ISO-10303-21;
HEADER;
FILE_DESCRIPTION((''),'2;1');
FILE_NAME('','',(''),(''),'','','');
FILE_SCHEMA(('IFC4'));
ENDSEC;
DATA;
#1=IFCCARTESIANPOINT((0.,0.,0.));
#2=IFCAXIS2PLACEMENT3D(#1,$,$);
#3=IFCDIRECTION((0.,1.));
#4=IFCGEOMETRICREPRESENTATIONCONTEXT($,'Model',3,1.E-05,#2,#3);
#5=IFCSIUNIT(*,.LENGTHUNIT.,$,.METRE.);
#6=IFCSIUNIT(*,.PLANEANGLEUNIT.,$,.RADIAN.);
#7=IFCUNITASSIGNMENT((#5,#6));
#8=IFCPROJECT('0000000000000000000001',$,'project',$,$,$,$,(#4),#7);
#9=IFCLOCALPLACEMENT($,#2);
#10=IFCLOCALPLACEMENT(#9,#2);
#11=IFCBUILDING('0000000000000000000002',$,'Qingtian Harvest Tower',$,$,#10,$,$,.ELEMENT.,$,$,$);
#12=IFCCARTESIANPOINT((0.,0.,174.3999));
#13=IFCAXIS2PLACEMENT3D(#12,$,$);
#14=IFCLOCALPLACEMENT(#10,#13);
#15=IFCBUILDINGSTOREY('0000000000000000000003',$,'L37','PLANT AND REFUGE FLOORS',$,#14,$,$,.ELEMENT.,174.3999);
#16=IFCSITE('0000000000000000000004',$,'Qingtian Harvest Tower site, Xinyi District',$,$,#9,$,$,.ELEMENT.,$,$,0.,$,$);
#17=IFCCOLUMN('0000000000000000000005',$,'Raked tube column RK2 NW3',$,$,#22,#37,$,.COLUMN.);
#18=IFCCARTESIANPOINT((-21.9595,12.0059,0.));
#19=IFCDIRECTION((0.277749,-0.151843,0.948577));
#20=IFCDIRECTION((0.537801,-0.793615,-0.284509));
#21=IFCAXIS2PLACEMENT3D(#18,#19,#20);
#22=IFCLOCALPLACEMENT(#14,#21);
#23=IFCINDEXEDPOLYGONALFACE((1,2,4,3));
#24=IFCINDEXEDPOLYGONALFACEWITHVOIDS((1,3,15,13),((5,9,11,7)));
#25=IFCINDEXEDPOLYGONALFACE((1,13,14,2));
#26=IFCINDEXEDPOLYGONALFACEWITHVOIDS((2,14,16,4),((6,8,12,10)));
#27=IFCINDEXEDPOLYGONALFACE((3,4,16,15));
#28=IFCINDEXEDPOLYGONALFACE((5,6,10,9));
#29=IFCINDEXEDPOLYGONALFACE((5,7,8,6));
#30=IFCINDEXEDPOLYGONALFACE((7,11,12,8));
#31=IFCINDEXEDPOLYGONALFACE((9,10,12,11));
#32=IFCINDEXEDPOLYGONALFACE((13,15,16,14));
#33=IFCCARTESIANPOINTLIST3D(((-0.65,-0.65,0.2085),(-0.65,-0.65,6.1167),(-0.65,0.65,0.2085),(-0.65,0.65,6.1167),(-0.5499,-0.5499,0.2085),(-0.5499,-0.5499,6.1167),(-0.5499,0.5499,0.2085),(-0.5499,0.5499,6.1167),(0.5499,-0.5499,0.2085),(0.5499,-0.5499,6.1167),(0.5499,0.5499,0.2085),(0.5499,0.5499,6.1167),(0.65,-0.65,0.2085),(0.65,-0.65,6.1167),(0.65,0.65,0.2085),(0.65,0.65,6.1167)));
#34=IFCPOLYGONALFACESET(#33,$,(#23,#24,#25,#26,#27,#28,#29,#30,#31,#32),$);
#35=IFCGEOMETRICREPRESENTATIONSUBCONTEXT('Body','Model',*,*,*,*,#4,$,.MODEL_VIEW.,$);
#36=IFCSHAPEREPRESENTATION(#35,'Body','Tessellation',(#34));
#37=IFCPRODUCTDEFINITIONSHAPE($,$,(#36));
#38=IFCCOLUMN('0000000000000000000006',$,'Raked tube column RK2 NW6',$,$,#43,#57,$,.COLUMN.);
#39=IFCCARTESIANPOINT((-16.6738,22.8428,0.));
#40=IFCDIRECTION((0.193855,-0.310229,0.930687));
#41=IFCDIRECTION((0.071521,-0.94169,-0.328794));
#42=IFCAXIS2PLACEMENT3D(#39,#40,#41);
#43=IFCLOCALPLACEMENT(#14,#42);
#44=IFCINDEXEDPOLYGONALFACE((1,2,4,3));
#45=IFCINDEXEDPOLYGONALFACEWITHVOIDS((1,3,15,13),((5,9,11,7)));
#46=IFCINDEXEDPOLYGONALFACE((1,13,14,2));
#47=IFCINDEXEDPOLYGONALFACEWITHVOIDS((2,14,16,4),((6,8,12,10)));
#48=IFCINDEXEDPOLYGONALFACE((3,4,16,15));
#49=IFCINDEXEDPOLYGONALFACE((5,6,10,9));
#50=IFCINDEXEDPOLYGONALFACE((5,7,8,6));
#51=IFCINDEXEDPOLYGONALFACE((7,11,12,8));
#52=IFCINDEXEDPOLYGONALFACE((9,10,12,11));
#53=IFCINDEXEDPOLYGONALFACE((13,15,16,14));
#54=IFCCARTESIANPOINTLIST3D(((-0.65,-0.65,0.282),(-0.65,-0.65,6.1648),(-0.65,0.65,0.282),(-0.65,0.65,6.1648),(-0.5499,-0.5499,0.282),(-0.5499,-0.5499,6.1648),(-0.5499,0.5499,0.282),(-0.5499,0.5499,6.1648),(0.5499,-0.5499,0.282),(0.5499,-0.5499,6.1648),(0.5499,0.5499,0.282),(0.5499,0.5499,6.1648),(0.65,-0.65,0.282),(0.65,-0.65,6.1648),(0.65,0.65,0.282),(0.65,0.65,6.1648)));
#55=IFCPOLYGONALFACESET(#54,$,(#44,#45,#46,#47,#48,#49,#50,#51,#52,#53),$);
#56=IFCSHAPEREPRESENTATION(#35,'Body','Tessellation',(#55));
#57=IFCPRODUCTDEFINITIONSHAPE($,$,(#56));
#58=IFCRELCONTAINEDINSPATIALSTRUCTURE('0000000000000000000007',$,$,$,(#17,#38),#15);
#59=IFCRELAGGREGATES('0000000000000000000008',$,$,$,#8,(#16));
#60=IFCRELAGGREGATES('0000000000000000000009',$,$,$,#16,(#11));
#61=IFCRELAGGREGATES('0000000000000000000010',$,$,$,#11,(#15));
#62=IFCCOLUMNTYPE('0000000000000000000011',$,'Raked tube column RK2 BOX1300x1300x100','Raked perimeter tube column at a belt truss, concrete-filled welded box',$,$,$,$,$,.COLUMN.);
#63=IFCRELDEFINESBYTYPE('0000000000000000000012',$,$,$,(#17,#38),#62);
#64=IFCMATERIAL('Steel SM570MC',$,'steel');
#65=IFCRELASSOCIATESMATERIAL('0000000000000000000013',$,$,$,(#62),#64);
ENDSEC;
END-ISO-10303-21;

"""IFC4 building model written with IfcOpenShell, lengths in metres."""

from ifc_helpers import new_model, si_unit, direction, frame, origin, origin_2d, place, context, subcontext, project, spatial, hollow_rectangle, extrude, clip, halfspace, material, material_profile, profile_set, type_object, element, save


model = new_model("IFC4")

# Units and contexts
model_context = context("Model", 3, precision=1e-05, world=origin(), true_north=direction((0.0, 1.0)))
body_context = subcontext(model_context, "Body", "Model", "MODEL_VIEW")
ifc_project = project(units=[si_unit("LENGTHUNIT", "METRE"), si_unit("PLANEANGLEUNIT", "RADIAN")], contexts=[model_context])

# Site, building, storey
site_placement = place(None, origin())
site = spatial("IfcSite", under=ifc_project, at=site_placement, Name="Qingtian Harvest Tower site, Xinyi District", CompositionType="ELEMENT", RefElevation=0.0)
building_placement = place(site_placement, origin())
building = spatial("IfcBuilding", under=site, at=building_placement, Name="Qingtian Harvest Tower", CompositionType="ELEMENT")
storey_placement = place(building_placement, frame((0.0, 0.0, 174.3999)))
storey = spatial("IfcBuildingStorey", under=building, at=storey_placement, Name="L37", Description="PLANT AND REFUGE FLOORS", CompositionType="ELEMENT", Elevation=174.3999)

# Columns
ifc_material_1 = material(Name="Steel SM570MC", Category="steel")
ifc_material_profile_1 = material_profile(ifc_material_1, hollow_rectangle(XDim=1.3, YDim=1.3, WallThickness=0.1001, at=origin_2d()), Name="BOX1300x1300x100")
ifc_profile_set_1 = profile_set([ifc_material_profile_1], Name="Steel SM570MC")
column_type = type_object("IfcColumnType", Name="Raked tube column RK2 BOX1300x1300x100", Description="Raked perimeter tube column at a belt truss, concrete-filled welded box", PredefinedType="COLUMN", material=ifc_profile_set_1)
column_1_placement = place(storey_placement, frame((-21.9595, 12.0059, 0.0), z_axis=(0.277749, -0.151843, 0.948577), x_axis=(0.537801, -0.793615, -0.284509)))
element("IfcColumn", 1, at=column_1_placement, inside=storey, type_object=column_type, Name="Raked tube column RK2 NW3", PredefinedType="COLUMN", context=body_context, shape_type="Clipping", body=[
    clip(clip(extrude(hollow_rectangle(XDim=1.3, YDim=1.3, WallThickness=0.1001, at=origin_2d()), origin(), (0.0, 0.0, 1.0), 6.3252), halfspace(frame((0.0, 0.0, 0.2085), z_axis=(0.0, 0.0, -1.0), x_axis=(0.0, -1.0, 0.0)), False)), halfspace(frame((0.0, 0.0, 6.1167), z_axis=(0.0, 0.0, 1.0), x_axis=(0.0, 1.0, 0.0)), False)),
])
column_2_placement = place(storey_placement, frame((-16.6738, 22.8428, 0.0), z_axis=(0.193855, -0.310229, 0.930687), x_axis=(0.071521, -0.94169, -0.328794)))
element("IfcColumn", 2, at=column_2_placement, inside=storey, type_object=column_type, Name="Raked tube column RK2 NW6", PredefinedType="COLUMN", context=body_context, shape_type="Clipping", body=[
    clip(clip(extrude(hollow_rectangle(XDim=1.3, YDim=1.3, WallThickness=0.1001, at=origin_2d()), origin(), (0.0, 0.0, 1.0), 6.4468), halfspace(frame((0.0, 0.0, 0.282), z_axis=(0.0, 0.0, -1.0), x_axis=(0.0, -1.0, 0.0)), False)), halfspace(frame((0.0, 0.0, 6.1648), z_axis=(0.0, 0.0, 1.0), x_axis=(0.0, 1.0, 0.0)), False)),
])

save(model, "model.ifc")
